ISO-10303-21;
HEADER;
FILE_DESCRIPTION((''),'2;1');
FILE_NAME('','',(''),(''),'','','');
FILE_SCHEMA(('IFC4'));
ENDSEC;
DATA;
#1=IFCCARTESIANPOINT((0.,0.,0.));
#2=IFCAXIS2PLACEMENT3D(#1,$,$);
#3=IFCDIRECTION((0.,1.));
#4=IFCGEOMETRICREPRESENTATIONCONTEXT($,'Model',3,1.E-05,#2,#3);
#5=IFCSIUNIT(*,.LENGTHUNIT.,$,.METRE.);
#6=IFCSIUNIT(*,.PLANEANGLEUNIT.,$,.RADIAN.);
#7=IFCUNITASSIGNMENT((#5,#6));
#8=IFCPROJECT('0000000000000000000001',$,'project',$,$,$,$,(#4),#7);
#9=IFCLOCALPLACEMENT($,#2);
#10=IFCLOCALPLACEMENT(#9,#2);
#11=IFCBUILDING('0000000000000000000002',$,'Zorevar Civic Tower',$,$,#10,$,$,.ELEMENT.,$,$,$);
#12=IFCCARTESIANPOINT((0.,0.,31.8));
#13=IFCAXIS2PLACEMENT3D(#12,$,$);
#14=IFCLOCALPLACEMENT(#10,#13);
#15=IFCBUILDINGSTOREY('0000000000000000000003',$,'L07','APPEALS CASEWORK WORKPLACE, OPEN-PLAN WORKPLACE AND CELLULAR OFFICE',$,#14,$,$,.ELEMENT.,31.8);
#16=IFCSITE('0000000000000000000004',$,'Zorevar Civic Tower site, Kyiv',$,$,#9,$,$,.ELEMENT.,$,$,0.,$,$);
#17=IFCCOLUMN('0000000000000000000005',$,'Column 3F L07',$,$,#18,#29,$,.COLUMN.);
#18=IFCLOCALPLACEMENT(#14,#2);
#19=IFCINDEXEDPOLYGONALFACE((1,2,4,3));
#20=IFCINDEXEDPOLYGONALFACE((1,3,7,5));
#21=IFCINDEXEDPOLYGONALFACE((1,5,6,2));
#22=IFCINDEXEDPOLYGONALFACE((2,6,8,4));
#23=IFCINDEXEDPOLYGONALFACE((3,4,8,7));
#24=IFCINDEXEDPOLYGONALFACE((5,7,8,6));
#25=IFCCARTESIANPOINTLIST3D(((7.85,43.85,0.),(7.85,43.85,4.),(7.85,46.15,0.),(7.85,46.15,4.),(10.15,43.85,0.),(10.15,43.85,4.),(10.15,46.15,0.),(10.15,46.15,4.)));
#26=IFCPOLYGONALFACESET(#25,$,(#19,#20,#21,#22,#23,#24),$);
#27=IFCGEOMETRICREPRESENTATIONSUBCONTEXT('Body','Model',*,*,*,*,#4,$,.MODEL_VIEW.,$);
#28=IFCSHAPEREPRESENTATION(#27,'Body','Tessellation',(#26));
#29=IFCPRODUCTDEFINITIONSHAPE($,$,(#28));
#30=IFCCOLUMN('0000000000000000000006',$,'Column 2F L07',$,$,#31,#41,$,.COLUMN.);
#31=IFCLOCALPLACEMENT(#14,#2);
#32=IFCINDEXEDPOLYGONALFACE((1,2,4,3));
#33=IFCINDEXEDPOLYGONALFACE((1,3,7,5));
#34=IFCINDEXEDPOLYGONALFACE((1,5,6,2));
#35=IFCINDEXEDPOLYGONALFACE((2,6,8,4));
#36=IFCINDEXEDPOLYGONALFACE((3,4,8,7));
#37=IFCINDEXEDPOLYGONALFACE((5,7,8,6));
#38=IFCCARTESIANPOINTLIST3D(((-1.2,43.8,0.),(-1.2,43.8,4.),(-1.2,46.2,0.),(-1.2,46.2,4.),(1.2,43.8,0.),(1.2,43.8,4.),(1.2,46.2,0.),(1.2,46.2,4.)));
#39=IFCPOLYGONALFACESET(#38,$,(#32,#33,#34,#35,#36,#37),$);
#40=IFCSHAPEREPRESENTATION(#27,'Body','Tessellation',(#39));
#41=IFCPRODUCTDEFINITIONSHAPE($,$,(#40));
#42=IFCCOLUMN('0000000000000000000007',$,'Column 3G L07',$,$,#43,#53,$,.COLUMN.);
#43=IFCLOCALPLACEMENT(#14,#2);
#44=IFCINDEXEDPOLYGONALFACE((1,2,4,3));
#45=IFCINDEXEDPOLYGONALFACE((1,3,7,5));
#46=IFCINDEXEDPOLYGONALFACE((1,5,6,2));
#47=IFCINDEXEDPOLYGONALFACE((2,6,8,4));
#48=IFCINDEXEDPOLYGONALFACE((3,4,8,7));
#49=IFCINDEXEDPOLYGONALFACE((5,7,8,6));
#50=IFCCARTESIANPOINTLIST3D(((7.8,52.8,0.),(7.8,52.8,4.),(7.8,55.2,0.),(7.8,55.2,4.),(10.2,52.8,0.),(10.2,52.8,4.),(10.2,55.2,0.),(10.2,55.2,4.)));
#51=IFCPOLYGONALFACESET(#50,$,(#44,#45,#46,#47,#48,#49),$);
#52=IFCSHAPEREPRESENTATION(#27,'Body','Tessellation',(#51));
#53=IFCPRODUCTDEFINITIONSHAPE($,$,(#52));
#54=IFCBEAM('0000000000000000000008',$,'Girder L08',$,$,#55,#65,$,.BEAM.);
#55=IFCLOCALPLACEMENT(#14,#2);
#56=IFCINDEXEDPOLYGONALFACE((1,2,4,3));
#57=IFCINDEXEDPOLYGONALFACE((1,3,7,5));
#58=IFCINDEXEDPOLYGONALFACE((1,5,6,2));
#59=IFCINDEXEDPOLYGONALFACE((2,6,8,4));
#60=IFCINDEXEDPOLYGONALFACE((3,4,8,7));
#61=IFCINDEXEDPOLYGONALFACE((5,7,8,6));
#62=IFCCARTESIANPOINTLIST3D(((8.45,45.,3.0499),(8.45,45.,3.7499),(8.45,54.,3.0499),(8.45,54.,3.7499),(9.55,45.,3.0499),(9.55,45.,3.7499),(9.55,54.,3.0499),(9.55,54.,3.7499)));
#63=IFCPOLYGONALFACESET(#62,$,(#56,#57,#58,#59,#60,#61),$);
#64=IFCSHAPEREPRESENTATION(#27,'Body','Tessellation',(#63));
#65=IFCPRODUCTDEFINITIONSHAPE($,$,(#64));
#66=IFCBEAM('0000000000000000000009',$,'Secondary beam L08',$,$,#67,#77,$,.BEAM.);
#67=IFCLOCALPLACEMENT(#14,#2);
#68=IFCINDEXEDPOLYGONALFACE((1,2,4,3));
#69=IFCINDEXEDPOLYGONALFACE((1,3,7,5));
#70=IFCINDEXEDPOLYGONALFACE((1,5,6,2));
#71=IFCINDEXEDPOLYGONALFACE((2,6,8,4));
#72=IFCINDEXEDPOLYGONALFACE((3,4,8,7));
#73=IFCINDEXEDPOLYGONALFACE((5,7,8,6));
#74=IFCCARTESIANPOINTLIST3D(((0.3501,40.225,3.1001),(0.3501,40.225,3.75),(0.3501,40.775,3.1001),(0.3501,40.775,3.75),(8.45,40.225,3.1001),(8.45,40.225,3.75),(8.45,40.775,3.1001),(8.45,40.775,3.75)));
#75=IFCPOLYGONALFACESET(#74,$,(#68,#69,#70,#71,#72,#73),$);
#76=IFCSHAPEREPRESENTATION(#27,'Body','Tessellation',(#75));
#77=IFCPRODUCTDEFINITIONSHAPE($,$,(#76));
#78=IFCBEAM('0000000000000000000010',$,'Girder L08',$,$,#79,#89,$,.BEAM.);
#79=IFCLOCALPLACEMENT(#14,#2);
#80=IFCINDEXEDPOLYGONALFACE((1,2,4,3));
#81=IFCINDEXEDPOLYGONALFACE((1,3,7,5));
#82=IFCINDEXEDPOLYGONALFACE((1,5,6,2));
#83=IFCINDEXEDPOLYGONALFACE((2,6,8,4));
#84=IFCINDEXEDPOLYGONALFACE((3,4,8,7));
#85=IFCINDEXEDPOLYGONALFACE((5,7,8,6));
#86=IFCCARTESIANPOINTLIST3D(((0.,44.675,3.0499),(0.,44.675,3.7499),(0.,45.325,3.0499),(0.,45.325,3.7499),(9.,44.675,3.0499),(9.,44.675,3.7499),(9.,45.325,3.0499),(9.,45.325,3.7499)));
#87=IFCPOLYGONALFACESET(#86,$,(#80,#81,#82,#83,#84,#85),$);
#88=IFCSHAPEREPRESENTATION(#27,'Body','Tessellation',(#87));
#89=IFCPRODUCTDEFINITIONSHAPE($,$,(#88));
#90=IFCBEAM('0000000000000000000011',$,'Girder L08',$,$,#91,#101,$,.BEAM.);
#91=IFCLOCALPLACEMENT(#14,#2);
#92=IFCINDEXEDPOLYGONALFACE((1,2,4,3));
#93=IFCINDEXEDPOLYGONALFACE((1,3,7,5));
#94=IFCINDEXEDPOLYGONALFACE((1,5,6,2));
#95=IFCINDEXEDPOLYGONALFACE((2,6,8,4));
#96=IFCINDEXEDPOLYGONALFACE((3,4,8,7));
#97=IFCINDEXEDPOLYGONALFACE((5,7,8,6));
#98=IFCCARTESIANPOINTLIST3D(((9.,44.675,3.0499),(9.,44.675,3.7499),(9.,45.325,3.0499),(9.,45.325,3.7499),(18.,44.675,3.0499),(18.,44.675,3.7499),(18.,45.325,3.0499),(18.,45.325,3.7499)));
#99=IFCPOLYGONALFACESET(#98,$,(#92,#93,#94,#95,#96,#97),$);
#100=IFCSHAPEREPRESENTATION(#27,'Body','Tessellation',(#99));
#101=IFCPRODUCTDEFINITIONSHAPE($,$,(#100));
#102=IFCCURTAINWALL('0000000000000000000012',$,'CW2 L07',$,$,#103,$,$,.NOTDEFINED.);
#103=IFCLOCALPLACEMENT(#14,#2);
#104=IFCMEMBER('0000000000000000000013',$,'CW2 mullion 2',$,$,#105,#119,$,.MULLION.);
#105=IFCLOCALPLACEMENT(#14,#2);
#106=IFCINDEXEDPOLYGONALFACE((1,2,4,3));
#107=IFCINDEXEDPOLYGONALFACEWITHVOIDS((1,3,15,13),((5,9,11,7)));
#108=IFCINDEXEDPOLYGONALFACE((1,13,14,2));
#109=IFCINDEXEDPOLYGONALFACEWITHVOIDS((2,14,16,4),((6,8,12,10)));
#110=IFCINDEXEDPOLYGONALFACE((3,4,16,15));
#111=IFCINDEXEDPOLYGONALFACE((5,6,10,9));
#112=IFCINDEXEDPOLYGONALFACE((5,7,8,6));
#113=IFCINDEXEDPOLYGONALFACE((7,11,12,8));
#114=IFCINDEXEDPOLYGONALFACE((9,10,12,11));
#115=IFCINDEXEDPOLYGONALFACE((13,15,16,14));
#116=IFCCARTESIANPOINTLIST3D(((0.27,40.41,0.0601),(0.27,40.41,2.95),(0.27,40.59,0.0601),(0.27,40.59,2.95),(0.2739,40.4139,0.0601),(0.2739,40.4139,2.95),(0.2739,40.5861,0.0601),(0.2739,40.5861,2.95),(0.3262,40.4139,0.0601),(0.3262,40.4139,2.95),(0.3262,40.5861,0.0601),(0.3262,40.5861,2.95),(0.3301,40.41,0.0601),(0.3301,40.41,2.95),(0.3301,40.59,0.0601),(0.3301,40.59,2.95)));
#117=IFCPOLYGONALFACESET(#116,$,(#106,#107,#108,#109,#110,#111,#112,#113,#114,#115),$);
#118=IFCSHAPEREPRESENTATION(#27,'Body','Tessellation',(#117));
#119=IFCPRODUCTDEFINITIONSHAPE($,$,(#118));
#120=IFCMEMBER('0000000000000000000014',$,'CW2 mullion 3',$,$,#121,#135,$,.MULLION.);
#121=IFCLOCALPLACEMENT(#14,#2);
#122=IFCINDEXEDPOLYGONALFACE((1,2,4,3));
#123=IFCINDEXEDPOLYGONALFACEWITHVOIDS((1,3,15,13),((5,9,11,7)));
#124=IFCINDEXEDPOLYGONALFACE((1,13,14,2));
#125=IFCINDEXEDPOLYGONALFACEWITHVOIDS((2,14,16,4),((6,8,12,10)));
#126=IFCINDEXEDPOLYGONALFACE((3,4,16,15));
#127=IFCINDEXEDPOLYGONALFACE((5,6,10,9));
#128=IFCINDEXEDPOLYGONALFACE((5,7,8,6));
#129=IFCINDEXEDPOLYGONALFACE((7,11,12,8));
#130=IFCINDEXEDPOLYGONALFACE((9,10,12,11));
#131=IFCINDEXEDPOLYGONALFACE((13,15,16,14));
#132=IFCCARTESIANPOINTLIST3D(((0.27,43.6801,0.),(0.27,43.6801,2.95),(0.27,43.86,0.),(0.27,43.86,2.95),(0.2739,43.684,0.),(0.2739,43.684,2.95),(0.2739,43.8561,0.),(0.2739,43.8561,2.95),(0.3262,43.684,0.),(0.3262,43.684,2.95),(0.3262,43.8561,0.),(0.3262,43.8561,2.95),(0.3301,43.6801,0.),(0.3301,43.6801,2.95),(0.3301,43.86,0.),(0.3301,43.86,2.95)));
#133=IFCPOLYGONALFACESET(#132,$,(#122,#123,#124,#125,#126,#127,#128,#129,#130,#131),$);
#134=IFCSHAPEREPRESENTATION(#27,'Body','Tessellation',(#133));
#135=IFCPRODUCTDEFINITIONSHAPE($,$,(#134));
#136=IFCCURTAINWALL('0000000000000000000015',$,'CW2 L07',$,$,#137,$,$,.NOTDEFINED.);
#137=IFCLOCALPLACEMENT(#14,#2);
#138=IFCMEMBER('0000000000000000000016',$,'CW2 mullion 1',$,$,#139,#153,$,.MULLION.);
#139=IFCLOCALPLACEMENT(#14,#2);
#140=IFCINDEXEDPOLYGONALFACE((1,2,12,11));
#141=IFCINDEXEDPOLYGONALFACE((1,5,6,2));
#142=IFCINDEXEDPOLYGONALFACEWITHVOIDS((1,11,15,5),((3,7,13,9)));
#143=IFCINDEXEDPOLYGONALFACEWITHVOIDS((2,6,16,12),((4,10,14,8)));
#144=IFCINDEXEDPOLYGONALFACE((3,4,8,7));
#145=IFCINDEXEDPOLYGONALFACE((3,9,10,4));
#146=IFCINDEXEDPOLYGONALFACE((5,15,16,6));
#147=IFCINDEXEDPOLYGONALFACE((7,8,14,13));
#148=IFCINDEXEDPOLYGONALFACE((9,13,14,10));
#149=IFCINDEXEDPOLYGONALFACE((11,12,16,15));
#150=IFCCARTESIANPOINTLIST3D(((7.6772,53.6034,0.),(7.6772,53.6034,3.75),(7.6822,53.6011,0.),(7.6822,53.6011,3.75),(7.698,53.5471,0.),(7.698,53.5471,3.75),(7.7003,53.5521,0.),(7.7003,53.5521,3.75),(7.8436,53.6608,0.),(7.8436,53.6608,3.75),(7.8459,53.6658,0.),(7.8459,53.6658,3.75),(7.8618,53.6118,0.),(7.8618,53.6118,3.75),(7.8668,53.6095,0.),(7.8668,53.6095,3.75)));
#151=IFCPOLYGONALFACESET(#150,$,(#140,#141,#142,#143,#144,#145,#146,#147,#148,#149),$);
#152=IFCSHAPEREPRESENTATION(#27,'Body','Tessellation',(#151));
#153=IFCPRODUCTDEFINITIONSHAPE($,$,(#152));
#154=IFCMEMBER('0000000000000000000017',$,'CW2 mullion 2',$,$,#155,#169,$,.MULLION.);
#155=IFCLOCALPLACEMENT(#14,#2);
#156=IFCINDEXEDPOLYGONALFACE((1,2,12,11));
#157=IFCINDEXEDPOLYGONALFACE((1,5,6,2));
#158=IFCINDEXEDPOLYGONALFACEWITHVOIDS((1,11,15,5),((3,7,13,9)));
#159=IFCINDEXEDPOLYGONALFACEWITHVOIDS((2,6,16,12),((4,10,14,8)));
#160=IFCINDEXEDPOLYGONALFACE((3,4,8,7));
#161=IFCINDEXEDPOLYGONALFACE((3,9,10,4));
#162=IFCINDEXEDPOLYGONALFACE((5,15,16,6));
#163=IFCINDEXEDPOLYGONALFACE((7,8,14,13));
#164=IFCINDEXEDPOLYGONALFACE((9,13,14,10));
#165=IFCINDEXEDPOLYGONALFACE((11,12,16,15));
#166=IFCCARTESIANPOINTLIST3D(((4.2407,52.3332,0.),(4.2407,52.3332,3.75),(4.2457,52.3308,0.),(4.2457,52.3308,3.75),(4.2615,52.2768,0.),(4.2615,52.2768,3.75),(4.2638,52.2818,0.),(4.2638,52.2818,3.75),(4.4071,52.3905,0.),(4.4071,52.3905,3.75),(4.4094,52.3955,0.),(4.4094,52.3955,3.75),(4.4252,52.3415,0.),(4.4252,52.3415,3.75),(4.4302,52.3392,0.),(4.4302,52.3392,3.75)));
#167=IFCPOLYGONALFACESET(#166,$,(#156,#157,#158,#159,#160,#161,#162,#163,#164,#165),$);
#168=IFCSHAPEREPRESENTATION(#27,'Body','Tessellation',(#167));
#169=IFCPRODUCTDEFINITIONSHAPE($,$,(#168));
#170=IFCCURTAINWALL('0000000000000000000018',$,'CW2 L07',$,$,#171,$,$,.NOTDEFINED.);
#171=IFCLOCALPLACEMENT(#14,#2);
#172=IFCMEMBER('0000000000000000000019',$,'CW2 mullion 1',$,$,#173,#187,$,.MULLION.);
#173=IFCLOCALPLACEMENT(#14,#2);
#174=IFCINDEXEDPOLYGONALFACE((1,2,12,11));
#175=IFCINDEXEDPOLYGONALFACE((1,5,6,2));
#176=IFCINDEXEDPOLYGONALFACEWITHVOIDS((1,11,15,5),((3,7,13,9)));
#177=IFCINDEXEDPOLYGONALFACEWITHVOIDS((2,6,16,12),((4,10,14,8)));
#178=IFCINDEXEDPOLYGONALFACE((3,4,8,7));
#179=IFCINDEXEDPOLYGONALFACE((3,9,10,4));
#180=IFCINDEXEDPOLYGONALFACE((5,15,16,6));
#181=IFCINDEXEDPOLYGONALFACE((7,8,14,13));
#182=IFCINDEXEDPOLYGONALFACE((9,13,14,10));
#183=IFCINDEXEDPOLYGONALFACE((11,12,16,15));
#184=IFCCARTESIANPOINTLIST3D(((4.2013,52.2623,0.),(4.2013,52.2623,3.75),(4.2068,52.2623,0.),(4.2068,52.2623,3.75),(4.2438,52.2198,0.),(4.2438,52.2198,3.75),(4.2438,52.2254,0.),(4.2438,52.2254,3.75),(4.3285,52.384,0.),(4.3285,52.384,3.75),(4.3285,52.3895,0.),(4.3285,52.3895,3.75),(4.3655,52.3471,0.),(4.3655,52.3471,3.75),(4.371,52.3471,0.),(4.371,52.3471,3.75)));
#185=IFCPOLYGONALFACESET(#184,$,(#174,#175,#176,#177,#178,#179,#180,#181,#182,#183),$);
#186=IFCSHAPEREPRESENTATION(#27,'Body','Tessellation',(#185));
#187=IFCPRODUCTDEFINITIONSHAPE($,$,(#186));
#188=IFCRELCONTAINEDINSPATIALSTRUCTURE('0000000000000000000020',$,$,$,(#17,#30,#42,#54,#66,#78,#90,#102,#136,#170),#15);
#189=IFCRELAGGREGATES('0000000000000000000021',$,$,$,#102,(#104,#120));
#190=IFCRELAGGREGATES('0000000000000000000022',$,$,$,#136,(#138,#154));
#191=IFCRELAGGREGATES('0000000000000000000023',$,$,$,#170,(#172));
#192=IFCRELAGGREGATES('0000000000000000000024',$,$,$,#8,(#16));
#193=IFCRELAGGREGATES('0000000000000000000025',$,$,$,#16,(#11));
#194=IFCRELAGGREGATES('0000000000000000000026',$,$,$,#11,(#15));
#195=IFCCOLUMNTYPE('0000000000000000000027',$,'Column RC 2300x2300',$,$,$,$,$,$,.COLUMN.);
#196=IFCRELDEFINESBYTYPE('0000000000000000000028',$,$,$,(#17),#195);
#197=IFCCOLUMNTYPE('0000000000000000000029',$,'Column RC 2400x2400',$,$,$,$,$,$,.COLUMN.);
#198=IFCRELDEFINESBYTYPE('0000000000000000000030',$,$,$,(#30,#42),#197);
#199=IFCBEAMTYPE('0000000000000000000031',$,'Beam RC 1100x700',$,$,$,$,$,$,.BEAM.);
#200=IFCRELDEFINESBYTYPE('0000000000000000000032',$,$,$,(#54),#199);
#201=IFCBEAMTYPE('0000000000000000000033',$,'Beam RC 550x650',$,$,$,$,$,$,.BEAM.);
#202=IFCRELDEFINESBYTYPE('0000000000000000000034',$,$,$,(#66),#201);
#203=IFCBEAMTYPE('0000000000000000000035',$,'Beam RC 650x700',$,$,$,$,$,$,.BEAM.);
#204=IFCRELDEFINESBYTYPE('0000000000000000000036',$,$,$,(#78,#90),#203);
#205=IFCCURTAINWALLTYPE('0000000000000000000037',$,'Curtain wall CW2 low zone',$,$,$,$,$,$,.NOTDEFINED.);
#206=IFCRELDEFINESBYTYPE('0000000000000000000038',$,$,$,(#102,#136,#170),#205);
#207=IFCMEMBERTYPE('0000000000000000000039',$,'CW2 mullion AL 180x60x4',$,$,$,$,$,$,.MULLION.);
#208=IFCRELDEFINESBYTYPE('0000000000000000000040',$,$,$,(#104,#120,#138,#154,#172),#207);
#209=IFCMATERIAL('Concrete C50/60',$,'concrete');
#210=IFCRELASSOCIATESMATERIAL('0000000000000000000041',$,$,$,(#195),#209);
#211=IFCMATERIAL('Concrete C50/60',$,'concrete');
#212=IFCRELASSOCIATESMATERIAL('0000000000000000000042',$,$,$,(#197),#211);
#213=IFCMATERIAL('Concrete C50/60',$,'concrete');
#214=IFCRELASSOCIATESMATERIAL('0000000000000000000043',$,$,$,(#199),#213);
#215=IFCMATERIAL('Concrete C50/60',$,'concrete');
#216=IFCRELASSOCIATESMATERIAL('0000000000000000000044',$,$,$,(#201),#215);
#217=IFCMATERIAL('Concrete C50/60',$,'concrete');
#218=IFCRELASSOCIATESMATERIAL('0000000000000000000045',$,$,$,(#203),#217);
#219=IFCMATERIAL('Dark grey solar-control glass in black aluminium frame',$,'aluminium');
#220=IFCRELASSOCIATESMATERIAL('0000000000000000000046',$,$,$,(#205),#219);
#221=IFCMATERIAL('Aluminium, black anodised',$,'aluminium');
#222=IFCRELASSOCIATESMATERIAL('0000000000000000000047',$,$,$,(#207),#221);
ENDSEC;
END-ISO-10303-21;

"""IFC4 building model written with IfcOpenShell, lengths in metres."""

from ifc_helpers import new_model, si_unit, direction, frame, origin, origin_2d, place, context, subcontext, project, spatial, rectangle, hollow_rectangle, extrude, material, material_profile, profile_set, type_object, element, aggregate, save


model = new_model("IFC4")

# Units and contexts
model_context = context("Model", 3, precision=1e-05, world=origin(), true_north=direction((0.0, 1.0)))
body_context = subcontext(model_context, "Body", "Model", "MODEL_VIEW")
ifc_project = project(units=[si_unit("LENGTHUNIT", "METRE"), si_unit("PLANEANGLEUNIT", "RADIAN")], contexts=[model_context])

# Site, building, storey
site_placement = place(None, origin())
site = spatial("IfcSite", under=ifc_project, at=site_placement, Name="Zorevar Civic Tower site, Kyiv", CompositionType="ELEMENT", RefElevation=0.0)
building_placement = place(site_placement, origin())
building = spatial("IfcBuilding", under=site, at=building_placement, Name="Zorevar Civic Tower", CompositionType="ELEMENT")
storey_placement = place(building_placement, frame((0.0, 0.0, 31.8)))
storey = spatial("IfcBuildingStorey", under=building, at=storey_placement, Name="L07", Description="APPEALS CASEWORK WORKPLACE, OPEN-PLAN WORKPLACE AND CELLULAR OFFICE", CompositionType="ELEMENT", Elevation=31.8)

# Columns
ifc_material_1 = material(Name="Concrete C50/60", Category="concrete")
ifc_material_profile_1 = material_profile(ifc_material_1, rectangle(XDim=2.3, YDim=2.3, at=origin_2d()), Name="RC 2300x2300")
ifc_profile_set_1 = profile_set([ifc_material_profile_1], Name="Concrete C50/60")
column_type_1 = type_object("IfcColumnType", Name="Column RC 2300x2300", PredefinedType="COLUMN", material=ifc_profile_set_1)
column_placement = place(storey_placement, frame((9.0, 45.0, 0.0), z_axis=(0.0, 0.0, 1.0), x_axis=(1.0, 0.0, 0.0)))
element("IfcColumn", 1, at=column_placement, inside=storey, type_object=column_type_1, Name="Column 3F L07", PredefinedType="COLUMN", context=body_context, shape_type="SweptSolid", body=[
    extrude(rectangle(XDim=2.3, YDim=2.3, at=origin_2d()), origin(), (0.0, 0.0, 1.0), 4.0),
])
ifc_material_2 = material(Name="Concrete C50/60", Category="concrete")
ifc_material_profile_2 = material_profile(ifc_material_2, rectangle(XDim=2.3999, YDim=2.3999, at=origin_2d()), Name="RC 2400x2400")
ifc_profile_set_2 = profile_set([ifc_material_profile_2], Name="Concrete C50/60")
column_type_2 = type_object("IfcColumnType", Name="Column RC 2400x2400", PredefinedType="COLUMN", material=ifc_profile_set_2)
for number, where, z_axis, x_axis, name in (
    (2, (0.0, 45.0, 0.0), (0.0, 0.0, 1.0), (1.0, 0.0, 0.0), "Column 2F L07"),
    (3, (9.0, 54.0, 0.0), (0.0, 0.0, 1.0), (1.0, 0.0, 0.0), "Column 3G L07"),
):
    element("IfcColumn", number, at=place(storey_placement, frame(where, z_axis=z_axis, x_axis=x_axis)), inside=storey, type_object=column_type_2, Name=name, PredefinedType="COLUMN", context=body_context, shape_type="SweptSolid", body=[
        extrude(rectangle(XDim=2.3999, YDim=2.3999, at=origin_2d()), origin(), (0.0, 0.0, 1.0), 4.0),
    ])

# Beams
ifc_material_3 = material(Name="Concrete C50/60", Category="concrete")
ifc_material_profile_3 = material_profile(ifc_material_3, rectangle(XDim=1.1001, YDim=0.7, at=origin_2d()), Name="RC 1100x700")
ifc_profile_set_3 = profile_set([ifc_material_profile_3], Name="Concrete C50/60")
beam_type_1 = type_object("IfcBeamType", Name="Beam RC 1100x700", PredefinedType="BEAM", material=ifc_profile_set_3)
beam_1_placement = place(storey_placement, frame((9.0, 45.0, 3.3999), z_axis=(0.0, 1.0, 0.0), x_axis=(-1.0, 0.0, 0.0)))
element("IfcBeam", 4, at=beam_1_placement, inside=storey, type_object=beam_type_1, Name="Girder L08", PredefinedType="BEAM", context=body_context, shape_type="SweptSolid", body=[
    extrude(rectangle(XDim=1.1001, YDim=0.7, at=origin_2d()), origin(), (0.0, 0.0, 1.0), 9.0),
])
ifc_material_4 = material(Name="Concrete C50/60", Category="concrete")
ifc_material_profile_4 = material_profile(ifc_material_4, rectangle(XDim=0.55, YDim=0.6499, at=origin_2d()), Name="RC 550x650")
ifc_profile_set_4 = profile_set([ifc_material_profile_4], Name="Concrete C50/60")
beam_type_2 = type_object("IfcBeamType", Name="Beam RC 550x650", PredefinedType="BEAM", material=ifc_profile_set_4)
beam_2_placement = place(storey_placement, frame((0.3501, 40.5, 3.425), z_axis=(1.0, 0.0, 0.0), x_axis=(0.0, 1.0, 0.0)))
element("IfcBeam", 5, at=beam_2_placement, inside=storey, type_object=beam_type_2, Name="Secondary beam L08", PredefinedType="BEAM", context=body_context, shape_type="SweptSolid", body=[
    extrude(rectangle(XDim=0.55, YDim=0.6499, at=origin_2d()), origin(), (0.0, 0.0, 1.0), 8.0999),
])
ifc_material_5 = material(Name="Concrete C50/60", Category="concrete")
ifc_material_profile_5 = material_profile(ifc_material_5, rectangle(XDim=0.6499, YDim=0.7, at=origin_2d()), Name="RC 650x700")
ifc_profile_set_5 = profile_set([ifc_material_profile_5], Name="Concrete C50/60")
beam_type_3 = type_object("IfcBeamType", Name="Beam RC 650x700", PredefinedType="BEAM", material=ifc_profile_set_5)
for number, where, z_axis, x_axis, name in (
    (6, (0.0, 45.0, 3.3999), (1.0, 0.0, 0.0), (0.0, 1.0, 0.0), "Girder L08"),
    (7, (9.0, 45.0, 3.3999), (1.0, 0.0, 0.0), (0.0, 1.0, 0.0), "Girder L08"),
):
    element("IfcBeam", number, at=place(storey_placement, frame(where, z_axis=z_axis, x_axis=x_axis)), inside=storey, type_object=beam_type_3, Name=name, PredefinedType="BEAM", context=body_context, shape_type="SweptSolid", body=[
        extrude(rectangle(XDim=0.6499, YDim=0.7, at=origin_2d()), origin(), (0.0, 0.0, 1.0), 9.0),
    ])

# Curtain walls, members
ifc_material_6 = material(Name="Dark grey solar-control glass in black aluminium frame", Category="aluminium")
curtain_wall_type = type_object("IfcCurtainWallType", Name="Curtain wall CW2 low zone", PredefinedType="NOTDEFINED", material=ifc_material_6)
curtain_wall_1_placement = place(storey_placement, origin())
curtain_wall_1 = element("IfcCurtainWall", 8, at=curtain_wall_1_placement, inside=storey, type_object=curtain_wall_type, Name="CW2 L07", PredefinedType="NOTDEFINED")
ifc_material_7 = material(Name="Aluminium, black anodised", Category="aluminium")
ifc_material_profile_6 = material_profile(ifc_material_7, hollow_rectangle(XDim=0.0601, YDim=0.1799, WallThickness=0.0039, at=origin_2d()), Name="AL 180x60x4")
ifc_profile_set_6 = profile_set([ifc_material_profile_6], Name="Aluminium, black anodised")
member_type_1 = type_object("IfcMemberType", Name="CW2 mullion AL 180x60x4", PredefinedType="MULLION", material=ifc_profile_set_6)
member_1_placement = place(storey_placement, frame((0.3, 40.5, 0.0601), z_axis=(0.0, 0.0, 1.0), x_axis=(-1.0, 0.0, 0.0)))
member_1 = element("IfcMember", 9, at=member_1_placement, type_object=member_type_1, Name="CW2 mullion 2", PredefinedType="MULLION", context=body_context, shape_type="SweptSolid", body=[
    extrude(hollow_rectangle(XDim=0.0601, YDim=0.1799, WallThickness=0.0039, at=origin_2d()), origin(), (0.0, 0.0, 1.0), 2.8899),
])
member_2_placement = place(storey_placement, frame((0.3, 43.77, 0.0), z_axis=(0.0, 0.0, 1.0), x_axis=(-1.0, 0.0, 0.0)))
member_2 = element("IfcMember", 10, at=member_2_placement, type_object=member_type_1, Name="CW2 mullion 3", PredefinedType="MULLION", context=body_context, shape_type="SweptSolid", body=[
    extrude(hollow_rectangle(XDim=0.0601, YDim=0.1799, WallThickness=0.0039, at=origin_2d()), origin(), (0.0, 0.0, 1.0), 2.95),
])
curtain_wall_2_placement = place(storey_placement, origin())
curtain_wall_2 = element("IfcCurtainWall", 11, at=curtain_wall_2_placement, inside=storey, type_object=curtain_wall_type, Name="CW2 L07", PredefinedType="NOTDEFINED")
member_3_placement = place(storey_placement, frame((7.772, 53.6064, 0.0), z_axis=(0.0, 0.0, 1.0), x_axis=(0.346704, -0.937975, 0.0)))
member_3 = element("IfcMember", 12, at=member_3_placement, type_object=member_type_1, Name="CW2 mullion 1", PredefinedType="MULLION", context=body_context, shape_type="SweptSolid", body=[
    extrude(hollow_rectangle(XDim=0.0601, YDim=0.1799, WallThickness=0.0039, at=origin_2d()), origin(), (0.0, 0.0, 1.0), 3.75),
])
member_4_placement = place(storey_placement, frame((4.3354, 52.3362, 0.0), z_axis=(0.0, 0.0, 1.0), x_axis=(0.346704, -0.937975, 0.0)))
member_4 = element("IfcMember", 13, at=member_4_placement, type_object=member_type_1, Name="CW2 mullion 2", PredefinedType="MULLION", context=body_context, shape_type="SweptSolid", body=[
    extrude(hollow_rectangle(XDim=0.0601, YDim=0.1799, WallThickness=0.0039, at=origin_2d()), origin(), (0.0, 0.0, 1.0), 3.75),
])
curtain_wall_3_placement = place(storey_placement, origin())
curtain_wall_3 = element("IfcCurtainWall", 14, at=curtain_wall_3_placement, inside=storey, type_object=curtain_wall_type, Name="CW2 L07", PredefinedType="NOTDEFINED")
member_5_placement = place(storey_placement, frame((4.2861, 52.3047, 0.0), z_axis=(0.0, 0.0, 1.0), x_axis=(0.707107, -0.707107, 0.0)))
member_5 = element("IfcMember", 15, at=member_5_placement, type_object=member_type_1, Name="CW2 mullion 1", PredefinedType="MULLION", context=body_context, shape_type="SweptSolid", body=[
    extrude(hollow_rectangle(XDim=0.0601, YDim=0.1799, WallThickness=0.0039, at=origin_2d()), origin(), (0.0, 0.0, 1.0), 3.75),
])

aggregate(curtain_wall_1, [member_1, member_2])
aggregate(curtain_wall_2, [member_3, member_4])
aggregate(curtain_wall_3, [member_5])

save(model, "model.ifc")
